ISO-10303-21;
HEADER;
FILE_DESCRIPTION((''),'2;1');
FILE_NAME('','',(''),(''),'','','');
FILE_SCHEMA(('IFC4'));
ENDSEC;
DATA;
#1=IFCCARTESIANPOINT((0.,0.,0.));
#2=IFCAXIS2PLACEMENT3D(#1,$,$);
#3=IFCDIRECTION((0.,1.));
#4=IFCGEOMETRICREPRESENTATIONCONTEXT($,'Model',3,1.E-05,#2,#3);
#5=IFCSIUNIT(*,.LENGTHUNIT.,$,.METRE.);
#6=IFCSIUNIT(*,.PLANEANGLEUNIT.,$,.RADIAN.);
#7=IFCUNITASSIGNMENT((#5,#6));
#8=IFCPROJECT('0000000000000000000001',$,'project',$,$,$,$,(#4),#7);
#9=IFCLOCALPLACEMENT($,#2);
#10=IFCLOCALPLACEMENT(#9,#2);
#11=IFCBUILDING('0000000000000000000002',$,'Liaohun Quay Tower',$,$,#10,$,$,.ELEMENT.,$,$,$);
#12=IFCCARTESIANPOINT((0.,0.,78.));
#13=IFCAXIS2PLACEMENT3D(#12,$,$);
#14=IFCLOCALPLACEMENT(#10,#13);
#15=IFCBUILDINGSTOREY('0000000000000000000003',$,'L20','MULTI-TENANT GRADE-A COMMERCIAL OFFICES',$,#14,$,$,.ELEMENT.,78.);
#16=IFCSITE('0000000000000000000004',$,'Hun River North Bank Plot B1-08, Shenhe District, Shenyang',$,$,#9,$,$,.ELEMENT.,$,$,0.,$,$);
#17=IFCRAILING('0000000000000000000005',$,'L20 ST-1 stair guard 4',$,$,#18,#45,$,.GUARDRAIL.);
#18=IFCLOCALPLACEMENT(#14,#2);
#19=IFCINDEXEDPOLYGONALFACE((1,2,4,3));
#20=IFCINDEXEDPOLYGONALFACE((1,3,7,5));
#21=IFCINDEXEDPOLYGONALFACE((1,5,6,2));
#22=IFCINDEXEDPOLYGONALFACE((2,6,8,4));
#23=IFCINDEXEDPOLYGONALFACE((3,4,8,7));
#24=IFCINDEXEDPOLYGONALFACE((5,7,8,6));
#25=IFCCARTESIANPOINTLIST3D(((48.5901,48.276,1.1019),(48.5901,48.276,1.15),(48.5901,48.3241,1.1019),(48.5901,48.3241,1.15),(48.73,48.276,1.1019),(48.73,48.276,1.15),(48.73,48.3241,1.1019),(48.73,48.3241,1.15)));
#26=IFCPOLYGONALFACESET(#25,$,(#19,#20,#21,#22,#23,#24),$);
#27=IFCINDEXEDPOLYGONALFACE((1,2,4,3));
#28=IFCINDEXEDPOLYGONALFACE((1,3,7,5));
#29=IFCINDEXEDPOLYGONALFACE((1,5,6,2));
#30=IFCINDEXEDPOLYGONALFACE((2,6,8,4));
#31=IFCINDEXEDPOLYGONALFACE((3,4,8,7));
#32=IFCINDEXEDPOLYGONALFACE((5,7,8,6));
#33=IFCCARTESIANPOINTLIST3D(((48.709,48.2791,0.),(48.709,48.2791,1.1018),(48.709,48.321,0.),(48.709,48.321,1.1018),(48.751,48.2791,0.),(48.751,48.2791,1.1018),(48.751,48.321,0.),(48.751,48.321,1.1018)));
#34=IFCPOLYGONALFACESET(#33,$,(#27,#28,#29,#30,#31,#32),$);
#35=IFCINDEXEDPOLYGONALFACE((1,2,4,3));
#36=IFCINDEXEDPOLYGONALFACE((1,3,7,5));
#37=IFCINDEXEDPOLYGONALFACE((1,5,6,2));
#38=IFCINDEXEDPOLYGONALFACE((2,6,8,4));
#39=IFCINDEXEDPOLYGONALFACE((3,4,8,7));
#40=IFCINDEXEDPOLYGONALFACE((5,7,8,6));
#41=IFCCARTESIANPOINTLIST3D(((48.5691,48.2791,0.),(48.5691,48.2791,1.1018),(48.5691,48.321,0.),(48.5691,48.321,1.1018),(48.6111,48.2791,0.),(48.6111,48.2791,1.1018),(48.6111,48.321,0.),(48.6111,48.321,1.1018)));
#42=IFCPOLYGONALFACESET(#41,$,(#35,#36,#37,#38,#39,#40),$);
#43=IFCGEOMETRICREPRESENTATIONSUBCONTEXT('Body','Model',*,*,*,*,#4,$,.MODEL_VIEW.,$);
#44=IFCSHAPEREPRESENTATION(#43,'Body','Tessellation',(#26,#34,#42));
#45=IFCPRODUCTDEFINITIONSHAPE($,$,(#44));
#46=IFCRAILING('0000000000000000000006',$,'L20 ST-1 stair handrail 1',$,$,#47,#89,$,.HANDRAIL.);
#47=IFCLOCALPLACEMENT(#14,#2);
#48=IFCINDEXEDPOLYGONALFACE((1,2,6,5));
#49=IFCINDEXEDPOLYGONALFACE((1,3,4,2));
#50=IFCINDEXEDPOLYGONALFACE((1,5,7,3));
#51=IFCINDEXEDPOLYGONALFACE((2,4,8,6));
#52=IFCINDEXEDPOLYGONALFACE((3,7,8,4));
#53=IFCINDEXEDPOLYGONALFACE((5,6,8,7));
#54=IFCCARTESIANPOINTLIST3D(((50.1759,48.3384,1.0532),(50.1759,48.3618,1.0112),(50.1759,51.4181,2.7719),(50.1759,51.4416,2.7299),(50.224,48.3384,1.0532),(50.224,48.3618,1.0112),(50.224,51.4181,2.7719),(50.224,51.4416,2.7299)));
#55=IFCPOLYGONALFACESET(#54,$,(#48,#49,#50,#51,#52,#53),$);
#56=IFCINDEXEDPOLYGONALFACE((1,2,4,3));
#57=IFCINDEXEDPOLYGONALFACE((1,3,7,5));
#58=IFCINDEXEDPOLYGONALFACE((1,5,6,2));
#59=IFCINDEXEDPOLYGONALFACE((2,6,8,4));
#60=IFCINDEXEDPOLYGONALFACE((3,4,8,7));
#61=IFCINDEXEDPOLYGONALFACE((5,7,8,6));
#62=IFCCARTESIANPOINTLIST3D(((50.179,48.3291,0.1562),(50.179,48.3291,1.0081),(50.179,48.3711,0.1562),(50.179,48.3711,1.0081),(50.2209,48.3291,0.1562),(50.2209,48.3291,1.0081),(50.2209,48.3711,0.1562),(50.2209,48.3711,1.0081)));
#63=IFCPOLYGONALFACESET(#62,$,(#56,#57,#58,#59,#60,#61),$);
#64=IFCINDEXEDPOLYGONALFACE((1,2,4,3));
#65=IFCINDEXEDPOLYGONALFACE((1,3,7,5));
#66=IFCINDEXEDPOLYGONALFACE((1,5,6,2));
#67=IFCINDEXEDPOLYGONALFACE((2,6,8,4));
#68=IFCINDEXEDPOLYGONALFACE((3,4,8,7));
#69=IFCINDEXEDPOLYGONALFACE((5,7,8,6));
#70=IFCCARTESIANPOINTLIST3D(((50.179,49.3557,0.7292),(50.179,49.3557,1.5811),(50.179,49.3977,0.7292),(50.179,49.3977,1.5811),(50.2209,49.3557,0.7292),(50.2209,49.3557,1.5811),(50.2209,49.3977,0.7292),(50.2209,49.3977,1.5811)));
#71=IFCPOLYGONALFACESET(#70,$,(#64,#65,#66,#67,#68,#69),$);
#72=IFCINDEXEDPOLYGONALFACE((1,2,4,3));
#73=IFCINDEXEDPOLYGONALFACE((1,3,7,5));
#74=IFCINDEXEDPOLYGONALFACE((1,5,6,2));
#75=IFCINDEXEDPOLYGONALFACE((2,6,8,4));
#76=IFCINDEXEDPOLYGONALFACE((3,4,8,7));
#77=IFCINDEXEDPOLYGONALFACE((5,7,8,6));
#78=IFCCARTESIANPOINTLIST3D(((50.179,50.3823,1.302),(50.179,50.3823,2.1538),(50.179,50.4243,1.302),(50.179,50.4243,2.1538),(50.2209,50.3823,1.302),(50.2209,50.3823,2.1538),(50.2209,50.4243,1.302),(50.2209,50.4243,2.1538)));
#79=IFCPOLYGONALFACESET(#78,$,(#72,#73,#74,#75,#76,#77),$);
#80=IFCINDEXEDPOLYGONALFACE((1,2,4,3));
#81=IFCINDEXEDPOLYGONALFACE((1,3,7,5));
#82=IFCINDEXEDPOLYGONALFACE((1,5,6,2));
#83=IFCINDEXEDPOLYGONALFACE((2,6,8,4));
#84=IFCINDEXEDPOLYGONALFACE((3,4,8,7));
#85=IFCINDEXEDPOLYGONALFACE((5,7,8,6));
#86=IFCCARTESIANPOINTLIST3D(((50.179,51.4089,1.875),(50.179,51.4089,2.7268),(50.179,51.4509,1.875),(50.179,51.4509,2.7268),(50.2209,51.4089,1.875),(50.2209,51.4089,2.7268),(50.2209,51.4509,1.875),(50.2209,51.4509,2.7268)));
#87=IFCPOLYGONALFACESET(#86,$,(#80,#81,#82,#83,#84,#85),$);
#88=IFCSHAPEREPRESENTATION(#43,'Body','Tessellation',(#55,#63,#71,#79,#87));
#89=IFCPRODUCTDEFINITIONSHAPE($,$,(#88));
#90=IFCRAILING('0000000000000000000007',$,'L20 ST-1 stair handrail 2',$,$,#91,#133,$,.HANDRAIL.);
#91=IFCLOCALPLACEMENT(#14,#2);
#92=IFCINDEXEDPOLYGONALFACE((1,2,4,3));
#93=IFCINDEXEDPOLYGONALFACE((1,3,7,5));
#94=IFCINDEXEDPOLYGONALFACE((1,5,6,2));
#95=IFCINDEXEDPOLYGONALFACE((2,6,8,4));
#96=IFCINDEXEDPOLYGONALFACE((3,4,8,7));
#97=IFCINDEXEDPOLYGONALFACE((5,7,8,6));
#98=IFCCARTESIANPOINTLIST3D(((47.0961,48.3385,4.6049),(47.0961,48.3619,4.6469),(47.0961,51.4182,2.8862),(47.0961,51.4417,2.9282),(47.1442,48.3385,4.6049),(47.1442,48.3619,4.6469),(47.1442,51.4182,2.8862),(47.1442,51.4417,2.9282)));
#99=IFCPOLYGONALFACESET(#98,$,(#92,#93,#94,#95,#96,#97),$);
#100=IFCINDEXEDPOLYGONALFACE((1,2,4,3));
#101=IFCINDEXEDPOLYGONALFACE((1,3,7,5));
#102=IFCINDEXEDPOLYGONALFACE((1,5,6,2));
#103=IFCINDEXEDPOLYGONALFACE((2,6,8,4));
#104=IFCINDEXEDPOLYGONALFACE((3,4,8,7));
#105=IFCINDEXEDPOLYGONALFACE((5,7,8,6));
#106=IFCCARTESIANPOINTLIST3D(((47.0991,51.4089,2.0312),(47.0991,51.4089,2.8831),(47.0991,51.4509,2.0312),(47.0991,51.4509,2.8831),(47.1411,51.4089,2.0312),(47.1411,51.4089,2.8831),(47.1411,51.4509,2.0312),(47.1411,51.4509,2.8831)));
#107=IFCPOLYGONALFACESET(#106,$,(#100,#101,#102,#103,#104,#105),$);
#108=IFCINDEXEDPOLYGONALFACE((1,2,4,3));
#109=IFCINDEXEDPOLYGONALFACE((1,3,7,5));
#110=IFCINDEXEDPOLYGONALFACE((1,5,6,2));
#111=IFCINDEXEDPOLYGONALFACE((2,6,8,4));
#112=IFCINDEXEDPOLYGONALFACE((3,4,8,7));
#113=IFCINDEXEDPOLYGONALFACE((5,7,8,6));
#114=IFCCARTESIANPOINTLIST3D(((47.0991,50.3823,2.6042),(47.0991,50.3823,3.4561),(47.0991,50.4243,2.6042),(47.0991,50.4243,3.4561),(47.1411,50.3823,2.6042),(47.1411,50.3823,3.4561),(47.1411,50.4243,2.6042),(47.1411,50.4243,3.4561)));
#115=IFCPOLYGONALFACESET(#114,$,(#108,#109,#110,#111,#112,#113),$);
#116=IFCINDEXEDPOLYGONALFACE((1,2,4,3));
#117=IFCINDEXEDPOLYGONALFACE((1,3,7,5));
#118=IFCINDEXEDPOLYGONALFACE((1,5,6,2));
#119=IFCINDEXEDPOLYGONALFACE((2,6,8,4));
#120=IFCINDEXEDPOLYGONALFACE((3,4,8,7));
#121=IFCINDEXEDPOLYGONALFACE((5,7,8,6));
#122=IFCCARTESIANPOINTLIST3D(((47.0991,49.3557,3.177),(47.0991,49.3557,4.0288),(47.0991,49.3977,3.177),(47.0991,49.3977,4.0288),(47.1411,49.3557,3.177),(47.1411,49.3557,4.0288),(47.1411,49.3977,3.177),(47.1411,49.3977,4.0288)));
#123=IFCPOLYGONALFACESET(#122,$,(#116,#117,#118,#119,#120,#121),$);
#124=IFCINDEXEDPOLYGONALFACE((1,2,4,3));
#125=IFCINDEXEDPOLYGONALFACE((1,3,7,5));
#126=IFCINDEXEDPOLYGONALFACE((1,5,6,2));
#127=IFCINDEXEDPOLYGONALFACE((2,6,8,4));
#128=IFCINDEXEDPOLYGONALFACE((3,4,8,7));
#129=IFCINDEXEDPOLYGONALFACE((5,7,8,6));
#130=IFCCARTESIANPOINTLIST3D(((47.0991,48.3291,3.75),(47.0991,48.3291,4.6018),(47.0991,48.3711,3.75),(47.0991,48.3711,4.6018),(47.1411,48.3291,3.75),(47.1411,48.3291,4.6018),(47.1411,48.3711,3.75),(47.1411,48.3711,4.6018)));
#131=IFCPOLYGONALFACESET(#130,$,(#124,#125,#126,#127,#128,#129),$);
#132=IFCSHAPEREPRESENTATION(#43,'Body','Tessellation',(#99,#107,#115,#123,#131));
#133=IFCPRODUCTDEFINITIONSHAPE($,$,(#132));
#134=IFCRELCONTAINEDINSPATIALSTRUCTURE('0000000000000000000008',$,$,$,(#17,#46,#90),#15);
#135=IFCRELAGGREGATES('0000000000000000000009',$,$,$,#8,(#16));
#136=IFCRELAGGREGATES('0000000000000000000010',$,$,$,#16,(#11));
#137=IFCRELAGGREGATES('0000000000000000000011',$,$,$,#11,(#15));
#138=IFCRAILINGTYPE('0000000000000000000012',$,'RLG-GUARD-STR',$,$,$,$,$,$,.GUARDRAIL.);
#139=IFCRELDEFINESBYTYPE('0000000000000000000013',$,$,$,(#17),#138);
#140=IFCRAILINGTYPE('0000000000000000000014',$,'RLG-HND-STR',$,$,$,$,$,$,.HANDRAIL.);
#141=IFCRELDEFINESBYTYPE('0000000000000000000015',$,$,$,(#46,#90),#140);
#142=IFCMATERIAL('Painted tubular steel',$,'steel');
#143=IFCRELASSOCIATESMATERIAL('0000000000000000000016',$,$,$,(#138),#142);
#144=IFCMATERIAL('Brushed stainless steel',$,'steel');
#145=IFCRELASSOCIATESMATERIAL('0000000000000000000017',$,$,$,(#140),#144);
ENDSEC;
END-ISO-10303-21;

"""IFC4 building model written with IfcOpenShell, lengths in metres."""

from ifc_helpers import new_model, si_unit, direction, frame, origin, origin_2d, place, context, subcontext, project, spatial, rectangle, extrude, material, type_object, element, save


model = new_model("IFC4")

# Units and contexts
model_context = context("Model", 3, precision=1e-05, world=origin(), true_north=direction((0.0, 1.0)))
body_context = subcontext(model_context, "Body", "Model", "MODEL_VIEW")
ifc_project = project(units=[si_unit("LENGTHUNIT", "METRE"), si_unit("PLANEANGLEUNIT", "RADIAN")], contexts=[model_context])

# Site, building, storey
site_placement = place(None, origin())
site = spatial("IfcSite", under=ifc_project, at=site_placement, Name="Hun River North Bank Plot B1-08, Shenhe District, Shenyang", CompositionType="ELEMENT", RefElevation=0.0)
building_placement = place(site_placement, origin())
building = spatial("IfcBuilding", under=site, at=building_placement, Name="Liaohun Quay Tower", CompositionType="ELEMENT")
storey_placement = place(building_placement, frame((0.0, 0.0, 78.0)))
storey = spatial("IfcBuildingStorey", under=building, at=storey_placement, Name="L20", Description="MULTI-TENANT GRADE-A COMMERCIAL OFFICES", CompositionType="ELEMENT", Elevation=78.0)

# Railings
ifc_material_1 = material(Name="Painted tubular steel", Category="steel")
railing_type_1 = type_object("IfcRailingType", Name="RLG-GUARD-STR", PredefinedType="GUARDRAIL", material=ifc_material_1)
railing_1_placement = place(storey_placement, frame((48.73, 48.3, 0.0)))
element("IfcRailing", 1, at=railing_1_placement, inside=storey, type_object=railing_type_1, Name="L20 ST-1 stair guard 4", PredefinedType="GUARDRAIL", context=body_context, shape_type="SweptSolid", body=[
    extrude(rectangle(XDim=0.0481, YDim=0.0481, at=origin_2d()), frame((0.0, 0.0, 1.126), z_axis=(-1.0, 0.0, 0.0), x_axis=(0.0, -1.0, 0.0)), (0.0, 0.0, 1.0), 0.1399),
    extrude(rectangle(XDim=0.042, YDim=0.042, at=origin_2d()), origin(), (0.0, 0.0, 1.0), 1.1018),
    extrude(rectangle(XDim=0.042, YDim=0.042, at=origin_2d()), frame((-0.1399, 0.0, 0.0)), (0.0, 0.0, 1.0), 1.1018),
])
ifc_material_2 = material(Name="Brushed stainless steel", Category="steel")
railing_type_2 = type_object("IfcRailingType", Name="RLG-HND-STR", PredefinedType="HANDRAIL", material=ifc_material_2)
railing_2_placement = place(storey_placement, frame((50.2, 48.3501, 0.1562)))
element("IfcRailing", 2, at=railing_2_placement, inside=storey, type_object=railing_type_2, Name="L20 ST-1 stair handrail 1", PredefinedType="HANDRAIL", context=body_context, shape_type="SweptSolid", body=[
    extrude(rectangle(XDim=0.0481, YDim=0.0481, at=origin_2d()), frame((0.0, 0.0, 0.876), z_axis=(0.0, 0.873225, 0.487317), x_axis=(-1.0, 0.0, 0.0)), (0.0, 0.0, 1.0), 3.5269),
    extrude(rectangle(XDim=0.042, YDim=0.042, at=origin_2d()), origin(), (0.0, 0.0, 1.0), 0.8518),
    extrude(rectangle(XDim=0.042, YDim=0.042, at=origin_2d()), frame((0.0, 1.0266, 0.573)), (0.0, 0.0, 1.0), 0.8518),
    extrude(rectangle(XDim=0.042, YDim=0.042, at=origin_2d()), frame((0.0, 2.0532, 1.1458)), (0.0, 0.0, 1.0), 0.8518),
    extrude(rectangle(XDim=0.042, YDim=0.042, at=origin_2d()), frame((0.0, 3.0798, 1.7188)), (0.0, 0.0, 1.0), 0.8518),
])
railing_3_placement = place(storey_placement, frame((47.1201, 51.4299, 2.0312)))
element("IfcRailing", 3, at=railing_3_placement, inside=storey, type_object=railing_type_2, Name="L20 ST-1 stair handrail 2", PredefinedType="HANDRAIL", context=body_context, shape_type="SweptSolid", body=[
    extrude(rectangle(XDim=0.0481, YDim=0.0481, at=origin_2d()), frame((0.0, 0.0, 0.876), z_axis=(0.0, -0.873225, 0.487317), x_axis=(1.0, 0.0, 0.0)), (0.0, 0.0, 1.0), 3.5269),
    extrude(rectangle(XDim=0.042, YDim=0.042, at=origin_2d()), origin(), (0.0, 0.0, 1.0), 0.8518),
    extrude(rectangle(XDim=0.042, YDim=0.042, at=origin_2d()), frame((0.0, -1.0266, 0.573)), (0.0, 0.0, 1.0), 0.8518),
    extrude(rectangle(XDim=0.042, YDim=0.042, at=origin_2d()), frame((0.0, -2.0532, 1.1458)), (0.0, 0.0, 1.0), 0.8518),
    extrude(rectangle(XDim=0.042, YDim=0.042, at=origin_2d()), frame((0.0, -3.0798, 1.7188)), (0.0, 0.0, 1.0), 0.8518),
])

save(model, "model.ifc")
